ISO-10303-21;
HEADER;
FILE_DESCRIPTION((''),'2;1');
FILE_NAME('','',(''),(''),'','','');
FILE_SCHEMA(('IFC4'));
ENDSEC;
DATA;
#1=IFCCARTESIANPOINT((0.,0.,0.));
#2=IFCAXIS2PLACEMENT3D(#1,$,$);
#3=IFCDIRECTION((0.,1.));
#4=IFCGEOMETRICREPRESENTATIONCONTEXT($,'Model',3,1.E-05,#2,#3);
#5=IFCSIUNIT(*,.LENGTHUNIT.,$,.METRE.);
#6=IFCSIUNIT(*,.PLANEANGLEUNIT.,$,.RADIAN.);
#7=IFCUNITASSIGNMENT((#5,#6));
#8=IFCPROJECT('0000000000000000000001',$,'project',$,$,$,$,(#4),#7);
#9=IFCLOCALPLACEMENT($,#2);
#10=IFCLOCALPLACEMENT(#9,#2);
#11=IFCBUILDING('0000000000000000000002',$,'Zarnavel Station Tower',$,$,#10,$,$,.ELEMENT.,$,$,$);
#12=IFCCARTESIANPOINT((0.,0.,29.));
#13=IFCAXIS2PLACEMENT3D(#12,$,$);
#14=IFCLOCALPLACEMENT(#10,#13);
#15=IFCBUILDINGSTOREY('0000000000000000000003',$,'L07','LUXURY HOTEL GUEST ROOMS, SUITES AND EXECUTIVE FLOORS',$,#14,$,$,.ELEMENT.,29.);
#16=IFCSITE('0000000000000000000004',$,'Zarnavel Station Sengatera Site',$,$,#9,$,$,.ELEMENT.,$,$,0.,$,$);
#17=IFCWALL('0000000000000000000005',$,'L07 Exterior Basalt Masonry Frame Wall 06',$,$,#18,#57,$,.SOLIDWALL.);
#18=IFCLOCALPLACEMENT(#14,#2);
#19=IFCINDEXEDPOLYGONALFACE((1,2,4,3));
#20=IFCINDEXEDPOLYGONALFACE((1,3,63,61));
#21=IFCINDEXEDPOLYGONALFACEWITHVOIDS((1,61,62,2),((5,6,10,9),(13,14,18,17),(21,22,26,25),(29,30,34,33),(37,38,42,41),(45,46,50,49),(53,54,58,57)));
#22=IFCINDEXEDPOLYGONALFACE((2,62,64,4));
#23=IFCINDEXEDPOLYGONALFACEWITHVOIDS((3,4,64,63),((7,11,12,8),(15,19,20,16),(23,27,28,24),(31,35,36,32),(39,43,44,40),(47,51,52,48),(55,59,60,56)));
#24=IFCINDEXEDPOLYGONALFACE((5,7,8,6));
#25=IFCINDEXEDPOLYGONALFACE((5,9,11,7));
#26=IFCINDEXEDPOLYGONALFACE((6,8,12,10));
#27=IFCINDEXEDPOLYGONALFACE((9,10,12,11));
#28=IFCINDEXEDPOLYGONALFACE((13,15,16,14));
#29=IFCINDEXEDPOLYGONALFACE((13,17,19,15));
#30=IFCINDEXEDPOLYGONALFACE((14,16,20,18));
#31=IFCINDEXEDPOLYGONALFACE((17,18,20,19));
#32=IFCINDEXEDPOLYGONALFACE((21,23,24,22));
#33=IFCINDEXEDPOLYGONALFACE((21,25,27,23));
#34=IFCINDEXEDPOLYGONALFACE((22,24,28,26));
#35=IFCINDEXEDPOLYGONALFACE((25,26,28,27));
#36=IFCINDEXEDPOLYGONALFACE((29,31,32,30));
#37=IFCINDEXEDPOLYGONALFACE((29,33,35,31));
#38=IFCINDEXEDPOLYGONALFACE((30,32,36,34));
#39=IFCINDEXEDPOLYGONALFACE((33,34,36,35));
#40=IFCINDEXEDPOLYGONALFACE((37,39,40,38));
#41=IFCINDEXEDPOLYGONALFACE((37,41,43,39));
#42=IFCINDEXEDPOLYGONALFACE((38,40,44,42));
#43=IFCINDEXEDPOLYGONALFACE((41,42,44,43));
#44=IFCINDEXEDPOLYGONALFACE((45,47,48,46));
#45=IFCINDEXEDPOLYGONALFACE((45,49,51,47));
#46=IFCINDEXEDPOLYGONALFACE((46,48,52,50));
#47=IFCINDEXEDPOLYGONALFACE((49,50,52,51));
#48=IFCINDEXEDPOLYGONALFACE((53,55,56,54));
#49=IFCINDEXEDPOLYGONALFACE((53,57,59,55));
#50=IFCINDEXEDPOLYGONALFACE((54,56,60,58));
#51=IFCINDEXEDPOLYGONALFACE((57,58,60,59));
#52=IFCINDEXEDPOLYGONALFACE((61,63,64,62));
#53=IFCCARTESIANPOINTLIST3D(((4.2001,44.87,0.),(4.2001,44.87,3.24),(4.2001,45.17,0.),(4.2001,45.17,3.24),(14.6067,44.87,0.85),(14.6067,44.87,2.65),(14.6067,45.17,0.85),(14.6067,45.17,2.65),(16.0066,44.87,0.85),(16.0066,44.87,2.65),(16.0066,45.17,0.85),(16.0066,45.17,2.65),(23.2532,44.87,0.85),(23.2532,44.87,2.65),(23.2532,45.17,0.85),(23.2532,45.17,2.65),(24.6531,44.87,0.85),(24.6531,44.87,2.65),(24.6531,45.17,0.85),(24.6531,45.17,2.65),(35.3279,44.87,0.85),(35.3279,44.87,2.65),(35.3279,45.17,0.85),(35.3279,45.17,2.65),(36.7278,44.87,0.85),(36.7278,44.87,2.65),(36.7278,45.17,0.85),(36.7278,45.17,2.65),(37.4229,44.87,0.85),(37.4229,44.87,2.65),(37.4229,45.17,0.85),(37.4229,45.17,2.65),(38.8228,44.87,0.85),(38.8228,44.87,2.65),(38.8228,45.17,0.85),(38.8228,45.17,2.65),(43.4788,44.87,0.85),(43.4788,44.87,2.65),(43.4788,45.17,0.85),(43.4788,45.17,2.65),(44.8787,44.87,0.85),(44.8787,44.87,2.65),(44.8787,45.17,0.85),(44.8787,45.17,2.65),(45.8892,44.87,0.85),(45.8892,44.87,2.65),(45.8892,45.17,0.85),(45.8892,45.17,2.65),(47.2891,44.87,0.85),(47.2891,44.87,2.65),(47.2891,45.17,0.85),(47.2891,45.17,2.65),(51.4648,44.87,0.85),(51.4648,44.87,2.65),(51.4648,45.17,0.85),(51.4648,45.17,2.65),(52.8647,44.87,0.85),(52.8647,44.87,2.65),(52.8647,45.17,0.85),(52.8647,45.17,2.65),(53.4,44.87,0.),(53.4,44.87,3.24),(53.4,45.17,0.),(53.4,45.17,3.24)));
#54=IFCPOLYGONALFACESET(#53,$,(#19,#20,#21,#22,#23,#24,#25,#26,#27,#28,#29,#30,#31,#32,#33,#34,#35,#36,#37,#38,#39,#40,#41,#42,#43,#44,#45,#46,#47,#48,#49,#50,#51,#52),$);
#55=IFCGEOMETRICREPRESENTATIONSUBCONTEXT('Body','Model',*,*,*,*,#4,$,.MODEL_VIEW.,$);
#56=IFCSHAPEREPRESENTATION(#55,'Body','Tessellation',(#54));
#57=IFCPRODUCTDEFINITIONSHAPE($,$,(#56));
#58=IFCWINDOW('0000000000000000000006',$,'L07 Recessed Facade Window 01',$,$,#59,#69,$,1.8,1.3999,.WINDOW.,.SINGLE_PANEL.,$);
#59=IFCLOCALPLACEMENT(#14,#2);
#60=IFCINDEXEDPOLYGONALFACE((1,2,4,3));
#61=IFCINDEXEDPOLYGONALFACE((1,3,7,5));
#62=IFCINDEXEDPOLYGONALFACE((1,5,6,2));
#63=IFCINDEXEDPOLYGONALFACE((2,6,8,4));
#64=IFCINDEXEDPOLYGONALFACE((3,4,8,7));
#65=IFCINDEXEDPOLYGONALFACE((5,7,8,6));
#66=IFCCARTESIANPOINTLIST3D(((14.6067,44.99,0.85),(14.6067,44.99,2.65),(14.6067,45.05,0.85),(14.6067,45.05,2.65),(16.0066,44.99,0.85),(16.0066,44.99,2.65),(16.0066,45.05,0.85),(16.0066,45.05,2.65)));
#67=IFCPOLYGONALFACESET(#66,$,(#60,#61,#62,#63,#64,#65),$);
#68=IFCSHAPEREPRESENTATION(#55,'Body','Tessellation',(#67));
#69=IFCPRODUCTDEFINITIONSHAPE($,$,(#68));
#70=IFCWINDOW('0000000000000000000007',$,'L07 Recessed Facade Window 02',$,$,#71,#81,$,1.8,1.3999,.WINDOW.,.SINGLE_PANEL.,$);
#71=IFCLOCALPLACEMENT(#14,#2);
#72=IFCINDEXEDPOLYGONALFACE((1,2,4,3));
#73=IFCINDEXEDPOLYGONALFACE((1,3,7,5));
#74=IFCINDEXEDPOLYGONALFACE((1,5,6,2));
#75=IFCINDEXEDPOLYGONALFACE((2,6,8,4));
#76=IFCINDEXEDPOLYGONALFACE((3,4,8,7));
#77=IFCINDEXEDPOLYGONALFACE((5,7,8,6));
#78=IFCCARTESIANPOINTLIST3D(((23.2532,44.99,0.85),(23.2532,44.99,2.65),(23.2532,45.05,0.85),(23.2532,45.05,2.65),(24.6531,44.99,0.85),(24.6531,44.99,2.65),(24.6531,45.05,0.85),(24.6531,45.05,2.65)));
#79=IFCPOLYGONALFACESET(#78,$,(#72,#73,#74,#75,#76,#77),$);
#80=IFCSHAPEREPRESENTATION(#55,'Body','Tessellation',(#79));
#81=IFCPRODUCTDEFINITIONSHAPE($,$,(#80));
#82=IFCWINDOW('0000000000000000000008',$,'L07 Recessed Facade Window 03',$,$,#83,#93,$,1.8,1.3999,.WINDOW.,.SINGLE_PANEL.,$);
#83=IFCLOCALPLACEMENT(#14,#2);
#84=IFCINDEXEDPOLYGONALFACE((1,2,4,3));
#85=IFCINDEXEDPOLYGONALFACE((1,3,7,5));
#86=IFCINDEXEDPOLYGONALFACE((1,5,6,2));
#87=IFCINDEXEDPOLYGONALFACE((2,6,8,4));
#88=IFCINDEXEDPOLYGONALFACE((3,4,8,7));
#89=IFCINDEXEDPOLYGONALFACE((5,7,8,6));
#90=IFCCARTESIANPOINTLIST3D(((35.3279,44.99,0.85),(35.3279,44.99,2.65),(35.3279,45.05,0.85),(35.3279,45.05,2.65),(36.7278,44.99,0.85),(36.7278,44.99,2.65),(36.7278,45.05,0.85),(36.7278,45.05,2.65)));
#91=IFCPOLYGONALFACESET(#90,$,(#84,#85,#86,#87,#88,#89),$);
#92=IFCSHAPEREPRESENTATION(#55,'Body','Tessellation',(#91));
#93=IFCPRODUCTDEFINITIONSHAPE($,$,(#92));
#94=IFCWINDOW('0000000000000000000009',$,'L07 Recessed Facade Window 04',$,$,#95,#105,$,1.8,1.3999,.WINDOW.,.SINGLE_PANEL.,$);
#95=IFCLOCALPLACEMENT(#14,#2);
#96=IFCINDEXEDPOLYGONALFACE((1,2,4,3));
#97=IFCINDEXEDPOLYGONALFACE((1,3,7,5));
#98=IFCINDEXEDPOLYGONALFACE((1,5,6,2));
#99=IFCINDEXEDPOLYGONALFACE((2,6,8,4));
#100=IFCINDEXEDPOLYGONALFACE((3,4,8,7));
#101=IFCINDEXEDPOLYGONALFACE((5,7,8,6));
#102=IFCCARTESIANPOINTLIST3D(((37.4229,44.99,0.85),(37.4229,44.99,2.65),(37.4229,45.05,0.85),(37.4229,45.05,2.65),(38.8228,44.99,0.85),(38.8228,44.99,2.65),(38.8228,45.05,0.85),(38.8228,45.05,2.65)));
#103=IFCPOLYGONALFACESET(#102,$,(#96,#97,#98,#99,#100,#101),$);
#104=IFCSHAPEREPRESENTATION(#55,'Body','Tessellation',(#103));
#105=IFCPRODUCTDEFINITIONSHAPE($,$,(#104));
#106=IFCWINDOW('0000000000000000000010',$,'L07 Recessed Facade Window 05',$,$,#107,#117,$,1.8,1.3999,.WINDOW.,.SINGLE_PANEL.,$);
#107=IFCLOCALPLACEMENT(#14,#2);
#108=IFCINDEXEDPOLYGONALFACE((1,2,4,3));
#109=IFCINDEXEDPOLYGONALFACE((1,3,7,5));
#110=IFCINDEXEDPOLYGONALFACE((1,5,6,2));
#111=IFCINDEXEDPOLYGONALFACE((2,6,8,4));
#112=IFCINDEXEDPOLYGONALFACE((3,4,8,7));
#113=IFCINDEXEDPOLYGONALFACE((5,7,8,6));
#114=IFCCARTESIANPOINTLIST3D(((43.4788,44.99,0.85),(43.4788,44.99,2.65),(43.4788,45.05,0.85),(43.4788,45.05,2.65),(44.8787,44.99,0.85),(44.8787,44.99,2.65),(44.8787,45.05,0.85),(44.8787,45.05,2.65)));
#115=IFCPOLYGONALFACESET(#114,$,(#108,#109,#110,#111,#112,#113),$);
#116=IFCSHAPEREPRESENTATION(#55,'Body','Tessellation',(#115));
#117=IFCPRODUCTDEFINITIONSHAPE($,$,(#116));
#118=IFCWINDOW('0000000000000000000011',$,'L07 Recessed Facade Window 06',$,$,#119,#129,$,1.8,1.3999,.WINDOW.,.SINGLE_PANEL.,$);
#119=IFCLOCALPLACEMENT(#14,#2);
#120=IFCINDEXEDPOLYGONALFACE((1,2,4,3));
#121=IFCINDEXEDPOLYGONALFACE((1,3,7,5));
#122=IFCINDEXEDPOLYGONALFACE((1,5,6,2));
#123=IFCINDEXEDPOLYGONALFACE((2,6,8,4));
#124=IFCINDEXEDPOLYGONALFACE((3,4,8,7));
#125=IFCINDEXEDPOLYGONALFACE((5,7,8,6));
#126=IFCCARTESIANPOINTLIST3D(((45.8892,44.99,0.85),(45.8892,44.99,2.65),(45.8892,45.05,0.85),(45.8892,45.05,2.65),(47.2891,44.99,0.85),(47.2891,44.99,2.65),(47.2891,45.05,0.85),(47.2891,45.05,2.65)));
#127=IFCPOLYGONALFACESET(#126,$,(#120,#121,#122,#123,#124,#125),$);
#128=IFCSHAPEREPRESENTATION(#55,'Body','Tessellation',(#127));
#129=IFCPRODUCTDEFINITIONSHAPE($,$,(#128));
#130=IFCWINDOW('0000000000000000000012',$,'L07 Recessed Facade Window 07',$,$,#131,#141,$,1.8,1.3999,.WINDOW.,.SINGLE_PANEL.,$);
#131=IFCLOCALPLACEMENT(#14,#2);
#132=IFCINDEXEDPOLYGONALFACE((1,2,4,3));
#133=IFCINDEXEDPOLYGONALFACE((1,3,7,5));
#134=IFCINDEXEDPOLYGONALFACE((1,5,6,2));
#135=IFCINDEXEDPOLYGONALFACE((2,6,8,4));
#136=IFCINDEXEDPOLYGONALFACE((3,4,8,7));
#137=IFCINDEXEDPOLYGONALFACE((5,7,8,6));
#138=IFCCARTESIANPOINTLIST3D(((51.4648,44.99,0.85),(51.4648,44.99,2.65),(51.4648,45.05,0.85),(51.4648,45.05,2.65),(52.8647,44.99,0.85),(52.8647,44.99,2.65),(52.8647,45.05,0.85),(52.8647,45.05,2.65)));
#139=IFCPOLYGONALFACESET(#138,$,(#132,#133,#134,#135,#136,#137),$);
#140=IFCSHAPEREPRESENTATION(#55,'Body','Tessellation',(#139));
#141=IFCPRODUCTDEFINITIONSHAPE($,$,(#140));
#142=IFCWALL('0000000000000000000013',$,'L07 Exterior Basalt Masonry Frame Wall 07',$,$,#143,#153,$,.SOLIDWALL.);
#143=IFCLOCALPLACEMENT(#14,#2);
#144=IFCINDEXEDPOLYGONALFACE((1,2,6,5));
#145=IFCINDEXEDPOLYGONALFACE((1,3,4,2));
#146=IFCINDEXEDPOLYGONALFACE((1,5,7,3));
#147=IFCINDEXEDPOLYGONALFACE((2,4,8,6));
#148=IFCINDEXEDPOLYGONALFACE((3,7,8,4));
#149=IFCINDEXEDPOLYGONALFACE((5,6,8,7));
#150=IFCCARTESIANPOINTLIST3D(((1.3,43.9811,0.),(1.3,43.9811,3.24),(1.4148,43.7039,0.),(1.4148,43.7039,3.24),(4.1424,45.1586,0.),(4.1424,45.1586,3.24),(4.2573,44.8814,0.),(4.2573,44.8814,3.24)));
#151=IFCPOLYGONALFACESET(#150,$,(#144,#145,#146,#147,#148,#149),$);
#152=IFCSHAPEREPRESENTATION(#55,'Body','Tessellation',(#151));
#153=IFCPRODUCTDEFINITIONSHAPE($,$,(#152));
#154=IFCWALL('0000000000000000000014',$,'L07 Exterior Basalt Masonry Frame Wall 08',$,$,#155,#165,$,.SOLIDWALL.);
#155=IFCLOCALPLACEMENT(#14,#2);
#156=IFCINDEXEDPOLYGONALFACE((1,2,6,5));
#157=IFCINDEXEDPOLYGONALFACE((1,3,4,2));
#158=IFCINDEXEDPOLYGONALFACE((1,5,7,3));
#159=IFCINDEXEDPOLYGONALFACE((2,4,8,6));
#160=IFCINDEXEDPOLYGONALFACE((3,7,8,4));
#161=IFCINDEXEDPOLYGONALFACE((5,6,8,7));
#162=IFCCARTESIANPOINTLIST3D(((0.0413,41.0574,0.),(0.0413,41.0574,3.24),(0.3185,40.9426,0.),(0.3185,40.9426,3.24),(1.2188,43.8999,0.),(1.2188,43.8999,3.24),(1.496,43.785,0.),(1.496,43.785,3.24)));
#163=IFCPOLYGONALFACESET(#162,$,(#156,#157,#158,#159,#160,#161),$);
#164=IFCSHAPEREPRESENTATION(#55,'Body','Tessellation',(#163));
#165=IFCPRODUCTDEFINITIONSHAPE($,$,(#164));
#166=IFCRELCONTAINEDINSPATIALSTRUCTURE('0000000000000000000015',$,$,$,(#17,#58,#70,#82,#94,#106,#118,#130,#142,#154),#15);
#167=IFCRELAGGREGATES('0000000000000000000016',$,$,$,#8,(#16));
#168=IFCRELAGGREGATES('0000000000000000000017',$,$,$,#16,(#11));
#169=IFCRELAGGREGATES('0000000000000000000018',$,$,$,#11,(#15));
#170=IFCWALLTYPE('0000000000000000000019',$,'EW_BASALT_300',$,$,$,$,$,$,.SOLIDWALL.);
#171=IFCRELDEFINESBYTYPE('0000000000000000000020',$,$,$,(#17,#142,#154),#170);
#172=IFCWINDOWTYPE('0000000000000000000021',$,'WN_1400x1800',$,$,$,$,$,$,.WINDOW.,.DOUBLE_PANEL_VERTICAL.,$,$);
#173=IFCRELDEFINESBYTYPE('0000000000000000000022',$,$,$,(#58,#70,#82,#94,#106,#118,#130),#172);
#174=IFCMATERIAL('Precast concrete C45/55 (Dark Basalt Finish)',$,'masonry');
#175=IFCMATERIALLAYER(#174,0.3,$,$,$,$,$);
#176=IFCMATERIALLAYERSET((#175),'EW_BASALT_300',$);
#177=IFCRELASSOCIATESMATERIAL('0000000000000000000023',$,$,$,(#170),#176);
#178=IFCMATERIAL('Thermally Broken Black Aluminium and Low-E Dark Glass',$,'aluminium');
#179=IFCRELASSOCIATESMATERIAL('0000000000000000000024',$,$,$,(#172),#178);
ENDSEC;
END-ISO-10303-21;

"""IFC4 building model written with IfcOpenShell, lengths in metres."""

from ifc_helpers import new_model, si_unit, direction, frame, frame_2d, origin, place, context, subcontext, project, spatial, rectangle, extrude, material, layer, layer_set, type_object, element, fill, save


model = new_model("IFC4")

# Units and contexts
model_context = context("Model", 3, precision=1e-05, world=origin(), true_north=direction((0.0, 1.0)))
body_context = subcontext(model_context, "Body", "Model", "MODEL_VIEW")
ifc_project = project(units=[si_unit("LENGTHUNIT", "METRE"), si_unit("PLANEANGLEUNIT", "RADIAN")], contexts=[model_context])

# Site, building, storey
site_placement = place(None, origin())
site = spatial("IfcSite", under=ifc_project, at=site_placement, Name="Zarnavel Station Sengatera Site", CompositionType="ELEMENT", RefElevation=0.0)
building_placement = place(site_placement, origin())
building = spatial("IfcBuilding", under=site, at=building_placement, Name="Zarnavel Station Tower", CompositionType="ELEMENT")
storey_placement = place(building_placement, frame((0.0, 0.0, 29.0)))
storey = spatial("IfcBuildingStorey", under=building, at=storey_placement, Name="L07", Description="LUXURY HOTEL GUEST ROOMS, SUITES AND EXECUTIVE FLOORS", CompositionType="ELEMENT", Elevation=29.0)

# Wall, openings, windows
ifc_material_1 = material(Name="Precast concrete C45/55 (Dark Basalt Finish)", Category="masonry")
ifc_layer_1 = layer(ifc_material_1, 0.3)
ifc_layer_set_1 = layer_set([ifc_layer_1], Name="EW_BASALT_300")
wall_type_1 = type_object("IfcWallType", Name="EW_BASALT_300", PredefinedType="SOLIDWALL", material=ifc_layer_set_1)
wall_1_placement = place(storey_placement, frame((4.2, 45.02, 0.0), z_axis=(0.0, 0.0, 1.0), x_axis=(1.0, 0.0, 0.0)))
wall_1 = element("IfcWall", 1, at=wall_1_placement, inside=storey, type_object=wall_type_1, Name="L07 Exterior Basalt Masonry Frame Wall 06", PredefinedType="SOLIDWALL", context=body_context, shape_type="SweptSolid", body=[
    extrude(rectangle(XDim=49.2, YDim=0.3, at=frame_2d((24.6001, 0.0))), origin(), (0.0, 0.0, 1.0), 3.24),
])
opening_1_placement = place(wall_1_placement, frame((10.4067, 0.0, 0.8501)))
opening_1 = element("IfcOpeningElement", 2, at=opening_1_placement, cuts=wall_1, PredefinedType="OPENING", context=body_context, shape_type="SweptSolid", body=[
    extrude(rectangle(XDim=1.3999, YDim=1.8, at=frame_2d((0.7, 0.8999))), frame((0.0, 0.1599, 0.0), z_axis=(0.0, -1.0, 0.0), x_axis=(1.0, 0.0, 0.0)), (0.0, 0.0, 1.0), 0.3201),
])
opening_2_placement = place(wall_1_placement, frame((19.0532, 0.0, 0.8501)))
opening_2 = element("IfcOpeningElement", 3, at=opening_2_placement, cuts=wall_1, PredefinedType="OPENING", context=body_context, shape_type="SweptSolid", body=[
    extrude(rectangle(XDim=1.3999, YDim=1.8, at=frame_2d((0.7, 0.8999))), frame((0.0, 0.1599, 0.0), z_axis=(0.0, -1.0, 0.0), x_axis=(1.0, 0.0, 0.0)), (0.0, 0.0, 1.0), 0.3201),
])
opening_3_placement = place(wall_1_placement, frame((31.1279, 0.0, 0.8501)))
opening_3 = element("IfcOpeningElement", 4, at=opening_3_placement, cuts=wall_1, PredefinedType="OPENING", context=body_context, shape_type="SweptSolid", body=[
    extrude(rectangle(XDim=1.3999, YDim=1.8, at=frame_2d((0.7, 0.8999))), frame((0.0, 0.1599, 0.0), z_axis=(0.0, -1.0, 0.0), x_axis=(1.0, 0.0, 0.0)), (0.0, 0.0, 1.0), 0.3201),
])
opening_4_placement = place(wall_1_placement, frame((33.2229, 0.0, 0.8501)))
opening_4 = element("IfcOpeningElement", 5, at=opening_4_placement, cuts=wall_1, PredefinedType="OPENING", context=body_context, shape_type="SweptSolid", body=[
    extrude(rectangle(XDim=1.3999, YDim=1.8, at=frame_2d((0.7, 0.8999))), frame((0.0, 0.1599, 0.0), z_axis=(0.0, -1.0, 0.0), x_axis=(1.0, 0.0, 0.0)), (0.0, 0.0, 1.0), 0.3201),
])
opening_5_placement = place(wall_1_placement, frame((39.2788, 0.0, 0.8501)))
opening_5 = element("IfcOpeningElement", 6, at=opening_5_placement, cuts=wall_1, PredefinedType="OPENING", context=body_context, shape_type="SweptSolid", body=[
    extrude(rectangle(XDim=1.3999, YDim=1.8, at=frame_2d((0.7, 0.8999))), frame((0.0, 0.1599, 0.0), z_axis=(0.0, -1.0, 0.0), x_axis=(1.0, 0.0, 0.0)), (0.0, 0.0, 1.0), 0.3201),
])
opening_6_placement = place(wall_1_placement, frame((41.6892, 0.0, 0.8501)))
opening_6 = element("IfcOpeningElement", 7, at=opening_6_placement, cuts=wall_1, PredefinedType="OPENING", context=body_context, shape_type="SweptSolid", body=[
    extrude(rectangle(XDim=1.3999, YDim=1.8, at=frame_2d((0.7, 0.8999))), frame((0.0, 0.1599, 0.0), z_axis=(0.0, -1.0, 0.0), x_axis=(1.0, 0.0, 0.0)), (0.0, 0.0, 1.0), 0.3201),
])
opening_7_placement = place(wall_1_placement, frame((47.2649, 0.0, 0.8501)))
opening_7 = element("IfcOpeningElement", 8, at=opening_7_placement, cuts=wall_1, PredefinedType="OPENING", context=body_context, shape_type="SweptSolid", body=[
    extrude(rectangle(XDim=1.3999, YDim=1.8, at=frame_2d((0.7, 0.8999))), frame((0.0, 0.1599, 0.0), z_axis=(0.0, -1.0, 0.0), x_axis=(1.0, 0.0, 0.0)), (0.0, 0.0, 1.0), 0.3201),
])
ifc_material_2 = material(Name="Thermally Broken Black Aluminium and Low-E Dark Glass", Category="aluminium")
window_type = type_object("IfcWindowType", Name="WN_1400x1800", PartitioningType="DOUBLE_PANEL_VERTICAL", PredefinedType="WINDOW", material=ifc_material_2)
window_1_placement = place(opening_1_placement, origin())
window_1 = element("IfcWindow", 9, at=window_1_placement, inside=storey, type_object=window_type, Name="L07 Recessed Facade Window 01", OverallHeight=1.8, OverallWidth=1.3999, PartitioningType="SINGLE_PANEL", PredefinedType="WINDOW", context=body_context, shape_type="SweptSolid", body=[
    extrude(rectangle(XDim=1.3999, YDim=1.8, at=frame_2d((0.7, 0.8999))), frame((0.0, 0.03, 0.0), z_axis=(0.0, -1.0, 0.0), x_axis=(1.0, 0.0, 0.0)), (0.0, 0.0, 1.0), 0.0601),
])
fill(opening_1, window_1)
window_2_placement = place(opening_2_placement, origin())
window_2 = element("IfcWindow", 10, at=window_2_placement, inside=storey, type_object=window_type, Name="L07 Recessed Facade Window 02", OverallHeight=1.8, OverallWidth=1.3999, PartitioningType="SINGLE_PANEL", PredefinedType="WINDOW", context=body_context, shape_type="SweptSolid", body=[
    extrude(rectangle(XDim=1.3999, YDim=1.8, at=frame_2d((0.7, 0.8999))), frame((0.0, 0.03, 0.0), z_axis=(0.0, -1.0, 0.0), x_axis=(1.0, 0.0, 0.0)), (0.0, 0.0, 1.0), 0.0601),
])
fill(opening_2, window_2)
window_3_placement = place(opening_3_placement, origin())
window_3 = element("IfcWindow", 11, at=window_3_placement, inside=storey, type_object=window_type, Name="L07 Recessed Facade Window 03", OverallHeight=1.8, OverallWidth=1.3999, PartitioningType="SINGLE_PANEL", PredefinedType="WINDOW", context=body_context, shape_type="SweptSolid", body=[
    extrude(rectangle(XDim=1.3999, YDim=1.8, at=frame_2d((0.7, 0.8999))), frame((0.0, 0.03, 0.0), z_axis=(0.0, -1.0, 0.0), x_axis=(1.0, 0.0, 0.0)), (0.0, 0.0, 1.0), 0.0601),
])
fill(opening_3, window_3)
window_4_placement = place(opening_4_placement, origin())
window_4 = element("IfcWindow", 12, at=window_4_placement, inside=storey, type_object=window_type, Name="L07 Recessed Facade Window 04", OverallHeight=1.8, OverallWidth=1.3999, PartitioningType="SINGLE_PANEL", PredefinedType="WINDOW", context=body_context, shape_type="SweptSolid", body=[
    extrude(rectangle(XDim=1.3999, YDim=1.8, at=frame_2d((0.7, 0.8999))), frame((0.0, 0.03, 0.0), z_axis=(0.0, -1.0, 0.0), x_axis=(1.0, 0.0, 0.0)), (0.0, 0.0, 1.0), 0.0601),
])
fill(opening_4, window_4)
window_5_placement = place(opening_5_placement, origin())
window_5 = element("IfcWindow", 13, at=window_5_placement, inside=storey, type_object=window_type, Name="L07 Recessed Facade Window 05", OverallHeight=1.8, OverallWidth=1.3999, PartitioningType="SINGLE_PANEL", PredefinedType="WINDOW", context=body_context, shape_type="SweptSolid", body=[
    extrude(rectangle(XDim=1.3999, YDim=1.8, at=frame_2d((0.7, 0.8999))), frame((0.0, 0.03, 0.0), z_axis=(0.0, -1.0, 0.0), x_axis=(1.0, 0.0, 0.0)), (0.0, 0.0, 1.0), 0.0601),
])
fill(opening_5, window_5)
window_6_placement = place(opening_6_placement, origin())
window_6 = element("IfcWindow", 14, at=window_6_placement, inside=storey, type_object=window_type, Name="L07 Recessed Facade Window 06", OverallHeight=1.8, OverallWidth=1.3999, PartitioningType="SINGLE_PANEL", PredefinedType="WINDOW", context=body_context, shape_type="SweptSolid", body=[
    extrude(rectangle(XDim=1.3999, YDim=1.8, at=frame_2d((0.7, 0.8999))), frame((0.0, 0.03, 0.0), z_axis=(0.0, -1.0, 0.0), x_axis=(1.0, 0.0, 0.0)), (0.0, 0.0, 1.0), 0.0601),
])
fill(opening_6, window_6)
window_7_placement = place(opening_7_placement, origin())
window_7 = element("IfcWindow", 15, at=window_7_placement, inside=storey, type_object=window_type, Name="L07 Recessed Facade Window 07", OverallHeight=1.8, OverallWidth=1.3999, PartitioningType="SINGLE_PANEL", PredefinedType="WINDOW", context=body_context, shape_type="SweptSolid", body=[
    extrude(rectangle(XDim=1.3999, YDim=1.8, at=frame_2d((0.7, 0.8999))), frame((0.0, 0.03, 0.0), z_axis=(0.0, -1.0, 0.0), x_axis=(1.0, 0.0, 0.0)), (0.0, 0.0, 1.0), 0.0601),
])
fill(opening_7, window_7)

# Walls
for number, where, z_axis, x_axis, name in (
    (16, (1.3574, 43.8425, 0.0), (0.0, 0.0, 1.0), (0.923871, 0.382705, 0.0), "L07 Exterior Basalt Masonry Frame Wall 07"),
    (17, (0.1799, 41.0, 0.0), (0.0, 0.0, 1.0), (0.382705, 0.923871, 0.0), "L07 Exterior Basalt Masonry Frame Wall 08"),
):
    element("IfcWall", number, at=place(storey_placement, frame(where, z_axis=z_axis, x_axis=x_axis)), inside=storey, type_object=wall_type_1, Name=name, PredefinedType="SOLIDWALL", context=body_context, shape_type="SweptSolid", body=[
        extrude(rectangle(XDim=3.0767, YDim=0.3, at=frame_2d((1.5383, 0.0))), origin(), (0.0, 0.0, 1.0), 3.24),
    ])

save(model, "model.ifc")
